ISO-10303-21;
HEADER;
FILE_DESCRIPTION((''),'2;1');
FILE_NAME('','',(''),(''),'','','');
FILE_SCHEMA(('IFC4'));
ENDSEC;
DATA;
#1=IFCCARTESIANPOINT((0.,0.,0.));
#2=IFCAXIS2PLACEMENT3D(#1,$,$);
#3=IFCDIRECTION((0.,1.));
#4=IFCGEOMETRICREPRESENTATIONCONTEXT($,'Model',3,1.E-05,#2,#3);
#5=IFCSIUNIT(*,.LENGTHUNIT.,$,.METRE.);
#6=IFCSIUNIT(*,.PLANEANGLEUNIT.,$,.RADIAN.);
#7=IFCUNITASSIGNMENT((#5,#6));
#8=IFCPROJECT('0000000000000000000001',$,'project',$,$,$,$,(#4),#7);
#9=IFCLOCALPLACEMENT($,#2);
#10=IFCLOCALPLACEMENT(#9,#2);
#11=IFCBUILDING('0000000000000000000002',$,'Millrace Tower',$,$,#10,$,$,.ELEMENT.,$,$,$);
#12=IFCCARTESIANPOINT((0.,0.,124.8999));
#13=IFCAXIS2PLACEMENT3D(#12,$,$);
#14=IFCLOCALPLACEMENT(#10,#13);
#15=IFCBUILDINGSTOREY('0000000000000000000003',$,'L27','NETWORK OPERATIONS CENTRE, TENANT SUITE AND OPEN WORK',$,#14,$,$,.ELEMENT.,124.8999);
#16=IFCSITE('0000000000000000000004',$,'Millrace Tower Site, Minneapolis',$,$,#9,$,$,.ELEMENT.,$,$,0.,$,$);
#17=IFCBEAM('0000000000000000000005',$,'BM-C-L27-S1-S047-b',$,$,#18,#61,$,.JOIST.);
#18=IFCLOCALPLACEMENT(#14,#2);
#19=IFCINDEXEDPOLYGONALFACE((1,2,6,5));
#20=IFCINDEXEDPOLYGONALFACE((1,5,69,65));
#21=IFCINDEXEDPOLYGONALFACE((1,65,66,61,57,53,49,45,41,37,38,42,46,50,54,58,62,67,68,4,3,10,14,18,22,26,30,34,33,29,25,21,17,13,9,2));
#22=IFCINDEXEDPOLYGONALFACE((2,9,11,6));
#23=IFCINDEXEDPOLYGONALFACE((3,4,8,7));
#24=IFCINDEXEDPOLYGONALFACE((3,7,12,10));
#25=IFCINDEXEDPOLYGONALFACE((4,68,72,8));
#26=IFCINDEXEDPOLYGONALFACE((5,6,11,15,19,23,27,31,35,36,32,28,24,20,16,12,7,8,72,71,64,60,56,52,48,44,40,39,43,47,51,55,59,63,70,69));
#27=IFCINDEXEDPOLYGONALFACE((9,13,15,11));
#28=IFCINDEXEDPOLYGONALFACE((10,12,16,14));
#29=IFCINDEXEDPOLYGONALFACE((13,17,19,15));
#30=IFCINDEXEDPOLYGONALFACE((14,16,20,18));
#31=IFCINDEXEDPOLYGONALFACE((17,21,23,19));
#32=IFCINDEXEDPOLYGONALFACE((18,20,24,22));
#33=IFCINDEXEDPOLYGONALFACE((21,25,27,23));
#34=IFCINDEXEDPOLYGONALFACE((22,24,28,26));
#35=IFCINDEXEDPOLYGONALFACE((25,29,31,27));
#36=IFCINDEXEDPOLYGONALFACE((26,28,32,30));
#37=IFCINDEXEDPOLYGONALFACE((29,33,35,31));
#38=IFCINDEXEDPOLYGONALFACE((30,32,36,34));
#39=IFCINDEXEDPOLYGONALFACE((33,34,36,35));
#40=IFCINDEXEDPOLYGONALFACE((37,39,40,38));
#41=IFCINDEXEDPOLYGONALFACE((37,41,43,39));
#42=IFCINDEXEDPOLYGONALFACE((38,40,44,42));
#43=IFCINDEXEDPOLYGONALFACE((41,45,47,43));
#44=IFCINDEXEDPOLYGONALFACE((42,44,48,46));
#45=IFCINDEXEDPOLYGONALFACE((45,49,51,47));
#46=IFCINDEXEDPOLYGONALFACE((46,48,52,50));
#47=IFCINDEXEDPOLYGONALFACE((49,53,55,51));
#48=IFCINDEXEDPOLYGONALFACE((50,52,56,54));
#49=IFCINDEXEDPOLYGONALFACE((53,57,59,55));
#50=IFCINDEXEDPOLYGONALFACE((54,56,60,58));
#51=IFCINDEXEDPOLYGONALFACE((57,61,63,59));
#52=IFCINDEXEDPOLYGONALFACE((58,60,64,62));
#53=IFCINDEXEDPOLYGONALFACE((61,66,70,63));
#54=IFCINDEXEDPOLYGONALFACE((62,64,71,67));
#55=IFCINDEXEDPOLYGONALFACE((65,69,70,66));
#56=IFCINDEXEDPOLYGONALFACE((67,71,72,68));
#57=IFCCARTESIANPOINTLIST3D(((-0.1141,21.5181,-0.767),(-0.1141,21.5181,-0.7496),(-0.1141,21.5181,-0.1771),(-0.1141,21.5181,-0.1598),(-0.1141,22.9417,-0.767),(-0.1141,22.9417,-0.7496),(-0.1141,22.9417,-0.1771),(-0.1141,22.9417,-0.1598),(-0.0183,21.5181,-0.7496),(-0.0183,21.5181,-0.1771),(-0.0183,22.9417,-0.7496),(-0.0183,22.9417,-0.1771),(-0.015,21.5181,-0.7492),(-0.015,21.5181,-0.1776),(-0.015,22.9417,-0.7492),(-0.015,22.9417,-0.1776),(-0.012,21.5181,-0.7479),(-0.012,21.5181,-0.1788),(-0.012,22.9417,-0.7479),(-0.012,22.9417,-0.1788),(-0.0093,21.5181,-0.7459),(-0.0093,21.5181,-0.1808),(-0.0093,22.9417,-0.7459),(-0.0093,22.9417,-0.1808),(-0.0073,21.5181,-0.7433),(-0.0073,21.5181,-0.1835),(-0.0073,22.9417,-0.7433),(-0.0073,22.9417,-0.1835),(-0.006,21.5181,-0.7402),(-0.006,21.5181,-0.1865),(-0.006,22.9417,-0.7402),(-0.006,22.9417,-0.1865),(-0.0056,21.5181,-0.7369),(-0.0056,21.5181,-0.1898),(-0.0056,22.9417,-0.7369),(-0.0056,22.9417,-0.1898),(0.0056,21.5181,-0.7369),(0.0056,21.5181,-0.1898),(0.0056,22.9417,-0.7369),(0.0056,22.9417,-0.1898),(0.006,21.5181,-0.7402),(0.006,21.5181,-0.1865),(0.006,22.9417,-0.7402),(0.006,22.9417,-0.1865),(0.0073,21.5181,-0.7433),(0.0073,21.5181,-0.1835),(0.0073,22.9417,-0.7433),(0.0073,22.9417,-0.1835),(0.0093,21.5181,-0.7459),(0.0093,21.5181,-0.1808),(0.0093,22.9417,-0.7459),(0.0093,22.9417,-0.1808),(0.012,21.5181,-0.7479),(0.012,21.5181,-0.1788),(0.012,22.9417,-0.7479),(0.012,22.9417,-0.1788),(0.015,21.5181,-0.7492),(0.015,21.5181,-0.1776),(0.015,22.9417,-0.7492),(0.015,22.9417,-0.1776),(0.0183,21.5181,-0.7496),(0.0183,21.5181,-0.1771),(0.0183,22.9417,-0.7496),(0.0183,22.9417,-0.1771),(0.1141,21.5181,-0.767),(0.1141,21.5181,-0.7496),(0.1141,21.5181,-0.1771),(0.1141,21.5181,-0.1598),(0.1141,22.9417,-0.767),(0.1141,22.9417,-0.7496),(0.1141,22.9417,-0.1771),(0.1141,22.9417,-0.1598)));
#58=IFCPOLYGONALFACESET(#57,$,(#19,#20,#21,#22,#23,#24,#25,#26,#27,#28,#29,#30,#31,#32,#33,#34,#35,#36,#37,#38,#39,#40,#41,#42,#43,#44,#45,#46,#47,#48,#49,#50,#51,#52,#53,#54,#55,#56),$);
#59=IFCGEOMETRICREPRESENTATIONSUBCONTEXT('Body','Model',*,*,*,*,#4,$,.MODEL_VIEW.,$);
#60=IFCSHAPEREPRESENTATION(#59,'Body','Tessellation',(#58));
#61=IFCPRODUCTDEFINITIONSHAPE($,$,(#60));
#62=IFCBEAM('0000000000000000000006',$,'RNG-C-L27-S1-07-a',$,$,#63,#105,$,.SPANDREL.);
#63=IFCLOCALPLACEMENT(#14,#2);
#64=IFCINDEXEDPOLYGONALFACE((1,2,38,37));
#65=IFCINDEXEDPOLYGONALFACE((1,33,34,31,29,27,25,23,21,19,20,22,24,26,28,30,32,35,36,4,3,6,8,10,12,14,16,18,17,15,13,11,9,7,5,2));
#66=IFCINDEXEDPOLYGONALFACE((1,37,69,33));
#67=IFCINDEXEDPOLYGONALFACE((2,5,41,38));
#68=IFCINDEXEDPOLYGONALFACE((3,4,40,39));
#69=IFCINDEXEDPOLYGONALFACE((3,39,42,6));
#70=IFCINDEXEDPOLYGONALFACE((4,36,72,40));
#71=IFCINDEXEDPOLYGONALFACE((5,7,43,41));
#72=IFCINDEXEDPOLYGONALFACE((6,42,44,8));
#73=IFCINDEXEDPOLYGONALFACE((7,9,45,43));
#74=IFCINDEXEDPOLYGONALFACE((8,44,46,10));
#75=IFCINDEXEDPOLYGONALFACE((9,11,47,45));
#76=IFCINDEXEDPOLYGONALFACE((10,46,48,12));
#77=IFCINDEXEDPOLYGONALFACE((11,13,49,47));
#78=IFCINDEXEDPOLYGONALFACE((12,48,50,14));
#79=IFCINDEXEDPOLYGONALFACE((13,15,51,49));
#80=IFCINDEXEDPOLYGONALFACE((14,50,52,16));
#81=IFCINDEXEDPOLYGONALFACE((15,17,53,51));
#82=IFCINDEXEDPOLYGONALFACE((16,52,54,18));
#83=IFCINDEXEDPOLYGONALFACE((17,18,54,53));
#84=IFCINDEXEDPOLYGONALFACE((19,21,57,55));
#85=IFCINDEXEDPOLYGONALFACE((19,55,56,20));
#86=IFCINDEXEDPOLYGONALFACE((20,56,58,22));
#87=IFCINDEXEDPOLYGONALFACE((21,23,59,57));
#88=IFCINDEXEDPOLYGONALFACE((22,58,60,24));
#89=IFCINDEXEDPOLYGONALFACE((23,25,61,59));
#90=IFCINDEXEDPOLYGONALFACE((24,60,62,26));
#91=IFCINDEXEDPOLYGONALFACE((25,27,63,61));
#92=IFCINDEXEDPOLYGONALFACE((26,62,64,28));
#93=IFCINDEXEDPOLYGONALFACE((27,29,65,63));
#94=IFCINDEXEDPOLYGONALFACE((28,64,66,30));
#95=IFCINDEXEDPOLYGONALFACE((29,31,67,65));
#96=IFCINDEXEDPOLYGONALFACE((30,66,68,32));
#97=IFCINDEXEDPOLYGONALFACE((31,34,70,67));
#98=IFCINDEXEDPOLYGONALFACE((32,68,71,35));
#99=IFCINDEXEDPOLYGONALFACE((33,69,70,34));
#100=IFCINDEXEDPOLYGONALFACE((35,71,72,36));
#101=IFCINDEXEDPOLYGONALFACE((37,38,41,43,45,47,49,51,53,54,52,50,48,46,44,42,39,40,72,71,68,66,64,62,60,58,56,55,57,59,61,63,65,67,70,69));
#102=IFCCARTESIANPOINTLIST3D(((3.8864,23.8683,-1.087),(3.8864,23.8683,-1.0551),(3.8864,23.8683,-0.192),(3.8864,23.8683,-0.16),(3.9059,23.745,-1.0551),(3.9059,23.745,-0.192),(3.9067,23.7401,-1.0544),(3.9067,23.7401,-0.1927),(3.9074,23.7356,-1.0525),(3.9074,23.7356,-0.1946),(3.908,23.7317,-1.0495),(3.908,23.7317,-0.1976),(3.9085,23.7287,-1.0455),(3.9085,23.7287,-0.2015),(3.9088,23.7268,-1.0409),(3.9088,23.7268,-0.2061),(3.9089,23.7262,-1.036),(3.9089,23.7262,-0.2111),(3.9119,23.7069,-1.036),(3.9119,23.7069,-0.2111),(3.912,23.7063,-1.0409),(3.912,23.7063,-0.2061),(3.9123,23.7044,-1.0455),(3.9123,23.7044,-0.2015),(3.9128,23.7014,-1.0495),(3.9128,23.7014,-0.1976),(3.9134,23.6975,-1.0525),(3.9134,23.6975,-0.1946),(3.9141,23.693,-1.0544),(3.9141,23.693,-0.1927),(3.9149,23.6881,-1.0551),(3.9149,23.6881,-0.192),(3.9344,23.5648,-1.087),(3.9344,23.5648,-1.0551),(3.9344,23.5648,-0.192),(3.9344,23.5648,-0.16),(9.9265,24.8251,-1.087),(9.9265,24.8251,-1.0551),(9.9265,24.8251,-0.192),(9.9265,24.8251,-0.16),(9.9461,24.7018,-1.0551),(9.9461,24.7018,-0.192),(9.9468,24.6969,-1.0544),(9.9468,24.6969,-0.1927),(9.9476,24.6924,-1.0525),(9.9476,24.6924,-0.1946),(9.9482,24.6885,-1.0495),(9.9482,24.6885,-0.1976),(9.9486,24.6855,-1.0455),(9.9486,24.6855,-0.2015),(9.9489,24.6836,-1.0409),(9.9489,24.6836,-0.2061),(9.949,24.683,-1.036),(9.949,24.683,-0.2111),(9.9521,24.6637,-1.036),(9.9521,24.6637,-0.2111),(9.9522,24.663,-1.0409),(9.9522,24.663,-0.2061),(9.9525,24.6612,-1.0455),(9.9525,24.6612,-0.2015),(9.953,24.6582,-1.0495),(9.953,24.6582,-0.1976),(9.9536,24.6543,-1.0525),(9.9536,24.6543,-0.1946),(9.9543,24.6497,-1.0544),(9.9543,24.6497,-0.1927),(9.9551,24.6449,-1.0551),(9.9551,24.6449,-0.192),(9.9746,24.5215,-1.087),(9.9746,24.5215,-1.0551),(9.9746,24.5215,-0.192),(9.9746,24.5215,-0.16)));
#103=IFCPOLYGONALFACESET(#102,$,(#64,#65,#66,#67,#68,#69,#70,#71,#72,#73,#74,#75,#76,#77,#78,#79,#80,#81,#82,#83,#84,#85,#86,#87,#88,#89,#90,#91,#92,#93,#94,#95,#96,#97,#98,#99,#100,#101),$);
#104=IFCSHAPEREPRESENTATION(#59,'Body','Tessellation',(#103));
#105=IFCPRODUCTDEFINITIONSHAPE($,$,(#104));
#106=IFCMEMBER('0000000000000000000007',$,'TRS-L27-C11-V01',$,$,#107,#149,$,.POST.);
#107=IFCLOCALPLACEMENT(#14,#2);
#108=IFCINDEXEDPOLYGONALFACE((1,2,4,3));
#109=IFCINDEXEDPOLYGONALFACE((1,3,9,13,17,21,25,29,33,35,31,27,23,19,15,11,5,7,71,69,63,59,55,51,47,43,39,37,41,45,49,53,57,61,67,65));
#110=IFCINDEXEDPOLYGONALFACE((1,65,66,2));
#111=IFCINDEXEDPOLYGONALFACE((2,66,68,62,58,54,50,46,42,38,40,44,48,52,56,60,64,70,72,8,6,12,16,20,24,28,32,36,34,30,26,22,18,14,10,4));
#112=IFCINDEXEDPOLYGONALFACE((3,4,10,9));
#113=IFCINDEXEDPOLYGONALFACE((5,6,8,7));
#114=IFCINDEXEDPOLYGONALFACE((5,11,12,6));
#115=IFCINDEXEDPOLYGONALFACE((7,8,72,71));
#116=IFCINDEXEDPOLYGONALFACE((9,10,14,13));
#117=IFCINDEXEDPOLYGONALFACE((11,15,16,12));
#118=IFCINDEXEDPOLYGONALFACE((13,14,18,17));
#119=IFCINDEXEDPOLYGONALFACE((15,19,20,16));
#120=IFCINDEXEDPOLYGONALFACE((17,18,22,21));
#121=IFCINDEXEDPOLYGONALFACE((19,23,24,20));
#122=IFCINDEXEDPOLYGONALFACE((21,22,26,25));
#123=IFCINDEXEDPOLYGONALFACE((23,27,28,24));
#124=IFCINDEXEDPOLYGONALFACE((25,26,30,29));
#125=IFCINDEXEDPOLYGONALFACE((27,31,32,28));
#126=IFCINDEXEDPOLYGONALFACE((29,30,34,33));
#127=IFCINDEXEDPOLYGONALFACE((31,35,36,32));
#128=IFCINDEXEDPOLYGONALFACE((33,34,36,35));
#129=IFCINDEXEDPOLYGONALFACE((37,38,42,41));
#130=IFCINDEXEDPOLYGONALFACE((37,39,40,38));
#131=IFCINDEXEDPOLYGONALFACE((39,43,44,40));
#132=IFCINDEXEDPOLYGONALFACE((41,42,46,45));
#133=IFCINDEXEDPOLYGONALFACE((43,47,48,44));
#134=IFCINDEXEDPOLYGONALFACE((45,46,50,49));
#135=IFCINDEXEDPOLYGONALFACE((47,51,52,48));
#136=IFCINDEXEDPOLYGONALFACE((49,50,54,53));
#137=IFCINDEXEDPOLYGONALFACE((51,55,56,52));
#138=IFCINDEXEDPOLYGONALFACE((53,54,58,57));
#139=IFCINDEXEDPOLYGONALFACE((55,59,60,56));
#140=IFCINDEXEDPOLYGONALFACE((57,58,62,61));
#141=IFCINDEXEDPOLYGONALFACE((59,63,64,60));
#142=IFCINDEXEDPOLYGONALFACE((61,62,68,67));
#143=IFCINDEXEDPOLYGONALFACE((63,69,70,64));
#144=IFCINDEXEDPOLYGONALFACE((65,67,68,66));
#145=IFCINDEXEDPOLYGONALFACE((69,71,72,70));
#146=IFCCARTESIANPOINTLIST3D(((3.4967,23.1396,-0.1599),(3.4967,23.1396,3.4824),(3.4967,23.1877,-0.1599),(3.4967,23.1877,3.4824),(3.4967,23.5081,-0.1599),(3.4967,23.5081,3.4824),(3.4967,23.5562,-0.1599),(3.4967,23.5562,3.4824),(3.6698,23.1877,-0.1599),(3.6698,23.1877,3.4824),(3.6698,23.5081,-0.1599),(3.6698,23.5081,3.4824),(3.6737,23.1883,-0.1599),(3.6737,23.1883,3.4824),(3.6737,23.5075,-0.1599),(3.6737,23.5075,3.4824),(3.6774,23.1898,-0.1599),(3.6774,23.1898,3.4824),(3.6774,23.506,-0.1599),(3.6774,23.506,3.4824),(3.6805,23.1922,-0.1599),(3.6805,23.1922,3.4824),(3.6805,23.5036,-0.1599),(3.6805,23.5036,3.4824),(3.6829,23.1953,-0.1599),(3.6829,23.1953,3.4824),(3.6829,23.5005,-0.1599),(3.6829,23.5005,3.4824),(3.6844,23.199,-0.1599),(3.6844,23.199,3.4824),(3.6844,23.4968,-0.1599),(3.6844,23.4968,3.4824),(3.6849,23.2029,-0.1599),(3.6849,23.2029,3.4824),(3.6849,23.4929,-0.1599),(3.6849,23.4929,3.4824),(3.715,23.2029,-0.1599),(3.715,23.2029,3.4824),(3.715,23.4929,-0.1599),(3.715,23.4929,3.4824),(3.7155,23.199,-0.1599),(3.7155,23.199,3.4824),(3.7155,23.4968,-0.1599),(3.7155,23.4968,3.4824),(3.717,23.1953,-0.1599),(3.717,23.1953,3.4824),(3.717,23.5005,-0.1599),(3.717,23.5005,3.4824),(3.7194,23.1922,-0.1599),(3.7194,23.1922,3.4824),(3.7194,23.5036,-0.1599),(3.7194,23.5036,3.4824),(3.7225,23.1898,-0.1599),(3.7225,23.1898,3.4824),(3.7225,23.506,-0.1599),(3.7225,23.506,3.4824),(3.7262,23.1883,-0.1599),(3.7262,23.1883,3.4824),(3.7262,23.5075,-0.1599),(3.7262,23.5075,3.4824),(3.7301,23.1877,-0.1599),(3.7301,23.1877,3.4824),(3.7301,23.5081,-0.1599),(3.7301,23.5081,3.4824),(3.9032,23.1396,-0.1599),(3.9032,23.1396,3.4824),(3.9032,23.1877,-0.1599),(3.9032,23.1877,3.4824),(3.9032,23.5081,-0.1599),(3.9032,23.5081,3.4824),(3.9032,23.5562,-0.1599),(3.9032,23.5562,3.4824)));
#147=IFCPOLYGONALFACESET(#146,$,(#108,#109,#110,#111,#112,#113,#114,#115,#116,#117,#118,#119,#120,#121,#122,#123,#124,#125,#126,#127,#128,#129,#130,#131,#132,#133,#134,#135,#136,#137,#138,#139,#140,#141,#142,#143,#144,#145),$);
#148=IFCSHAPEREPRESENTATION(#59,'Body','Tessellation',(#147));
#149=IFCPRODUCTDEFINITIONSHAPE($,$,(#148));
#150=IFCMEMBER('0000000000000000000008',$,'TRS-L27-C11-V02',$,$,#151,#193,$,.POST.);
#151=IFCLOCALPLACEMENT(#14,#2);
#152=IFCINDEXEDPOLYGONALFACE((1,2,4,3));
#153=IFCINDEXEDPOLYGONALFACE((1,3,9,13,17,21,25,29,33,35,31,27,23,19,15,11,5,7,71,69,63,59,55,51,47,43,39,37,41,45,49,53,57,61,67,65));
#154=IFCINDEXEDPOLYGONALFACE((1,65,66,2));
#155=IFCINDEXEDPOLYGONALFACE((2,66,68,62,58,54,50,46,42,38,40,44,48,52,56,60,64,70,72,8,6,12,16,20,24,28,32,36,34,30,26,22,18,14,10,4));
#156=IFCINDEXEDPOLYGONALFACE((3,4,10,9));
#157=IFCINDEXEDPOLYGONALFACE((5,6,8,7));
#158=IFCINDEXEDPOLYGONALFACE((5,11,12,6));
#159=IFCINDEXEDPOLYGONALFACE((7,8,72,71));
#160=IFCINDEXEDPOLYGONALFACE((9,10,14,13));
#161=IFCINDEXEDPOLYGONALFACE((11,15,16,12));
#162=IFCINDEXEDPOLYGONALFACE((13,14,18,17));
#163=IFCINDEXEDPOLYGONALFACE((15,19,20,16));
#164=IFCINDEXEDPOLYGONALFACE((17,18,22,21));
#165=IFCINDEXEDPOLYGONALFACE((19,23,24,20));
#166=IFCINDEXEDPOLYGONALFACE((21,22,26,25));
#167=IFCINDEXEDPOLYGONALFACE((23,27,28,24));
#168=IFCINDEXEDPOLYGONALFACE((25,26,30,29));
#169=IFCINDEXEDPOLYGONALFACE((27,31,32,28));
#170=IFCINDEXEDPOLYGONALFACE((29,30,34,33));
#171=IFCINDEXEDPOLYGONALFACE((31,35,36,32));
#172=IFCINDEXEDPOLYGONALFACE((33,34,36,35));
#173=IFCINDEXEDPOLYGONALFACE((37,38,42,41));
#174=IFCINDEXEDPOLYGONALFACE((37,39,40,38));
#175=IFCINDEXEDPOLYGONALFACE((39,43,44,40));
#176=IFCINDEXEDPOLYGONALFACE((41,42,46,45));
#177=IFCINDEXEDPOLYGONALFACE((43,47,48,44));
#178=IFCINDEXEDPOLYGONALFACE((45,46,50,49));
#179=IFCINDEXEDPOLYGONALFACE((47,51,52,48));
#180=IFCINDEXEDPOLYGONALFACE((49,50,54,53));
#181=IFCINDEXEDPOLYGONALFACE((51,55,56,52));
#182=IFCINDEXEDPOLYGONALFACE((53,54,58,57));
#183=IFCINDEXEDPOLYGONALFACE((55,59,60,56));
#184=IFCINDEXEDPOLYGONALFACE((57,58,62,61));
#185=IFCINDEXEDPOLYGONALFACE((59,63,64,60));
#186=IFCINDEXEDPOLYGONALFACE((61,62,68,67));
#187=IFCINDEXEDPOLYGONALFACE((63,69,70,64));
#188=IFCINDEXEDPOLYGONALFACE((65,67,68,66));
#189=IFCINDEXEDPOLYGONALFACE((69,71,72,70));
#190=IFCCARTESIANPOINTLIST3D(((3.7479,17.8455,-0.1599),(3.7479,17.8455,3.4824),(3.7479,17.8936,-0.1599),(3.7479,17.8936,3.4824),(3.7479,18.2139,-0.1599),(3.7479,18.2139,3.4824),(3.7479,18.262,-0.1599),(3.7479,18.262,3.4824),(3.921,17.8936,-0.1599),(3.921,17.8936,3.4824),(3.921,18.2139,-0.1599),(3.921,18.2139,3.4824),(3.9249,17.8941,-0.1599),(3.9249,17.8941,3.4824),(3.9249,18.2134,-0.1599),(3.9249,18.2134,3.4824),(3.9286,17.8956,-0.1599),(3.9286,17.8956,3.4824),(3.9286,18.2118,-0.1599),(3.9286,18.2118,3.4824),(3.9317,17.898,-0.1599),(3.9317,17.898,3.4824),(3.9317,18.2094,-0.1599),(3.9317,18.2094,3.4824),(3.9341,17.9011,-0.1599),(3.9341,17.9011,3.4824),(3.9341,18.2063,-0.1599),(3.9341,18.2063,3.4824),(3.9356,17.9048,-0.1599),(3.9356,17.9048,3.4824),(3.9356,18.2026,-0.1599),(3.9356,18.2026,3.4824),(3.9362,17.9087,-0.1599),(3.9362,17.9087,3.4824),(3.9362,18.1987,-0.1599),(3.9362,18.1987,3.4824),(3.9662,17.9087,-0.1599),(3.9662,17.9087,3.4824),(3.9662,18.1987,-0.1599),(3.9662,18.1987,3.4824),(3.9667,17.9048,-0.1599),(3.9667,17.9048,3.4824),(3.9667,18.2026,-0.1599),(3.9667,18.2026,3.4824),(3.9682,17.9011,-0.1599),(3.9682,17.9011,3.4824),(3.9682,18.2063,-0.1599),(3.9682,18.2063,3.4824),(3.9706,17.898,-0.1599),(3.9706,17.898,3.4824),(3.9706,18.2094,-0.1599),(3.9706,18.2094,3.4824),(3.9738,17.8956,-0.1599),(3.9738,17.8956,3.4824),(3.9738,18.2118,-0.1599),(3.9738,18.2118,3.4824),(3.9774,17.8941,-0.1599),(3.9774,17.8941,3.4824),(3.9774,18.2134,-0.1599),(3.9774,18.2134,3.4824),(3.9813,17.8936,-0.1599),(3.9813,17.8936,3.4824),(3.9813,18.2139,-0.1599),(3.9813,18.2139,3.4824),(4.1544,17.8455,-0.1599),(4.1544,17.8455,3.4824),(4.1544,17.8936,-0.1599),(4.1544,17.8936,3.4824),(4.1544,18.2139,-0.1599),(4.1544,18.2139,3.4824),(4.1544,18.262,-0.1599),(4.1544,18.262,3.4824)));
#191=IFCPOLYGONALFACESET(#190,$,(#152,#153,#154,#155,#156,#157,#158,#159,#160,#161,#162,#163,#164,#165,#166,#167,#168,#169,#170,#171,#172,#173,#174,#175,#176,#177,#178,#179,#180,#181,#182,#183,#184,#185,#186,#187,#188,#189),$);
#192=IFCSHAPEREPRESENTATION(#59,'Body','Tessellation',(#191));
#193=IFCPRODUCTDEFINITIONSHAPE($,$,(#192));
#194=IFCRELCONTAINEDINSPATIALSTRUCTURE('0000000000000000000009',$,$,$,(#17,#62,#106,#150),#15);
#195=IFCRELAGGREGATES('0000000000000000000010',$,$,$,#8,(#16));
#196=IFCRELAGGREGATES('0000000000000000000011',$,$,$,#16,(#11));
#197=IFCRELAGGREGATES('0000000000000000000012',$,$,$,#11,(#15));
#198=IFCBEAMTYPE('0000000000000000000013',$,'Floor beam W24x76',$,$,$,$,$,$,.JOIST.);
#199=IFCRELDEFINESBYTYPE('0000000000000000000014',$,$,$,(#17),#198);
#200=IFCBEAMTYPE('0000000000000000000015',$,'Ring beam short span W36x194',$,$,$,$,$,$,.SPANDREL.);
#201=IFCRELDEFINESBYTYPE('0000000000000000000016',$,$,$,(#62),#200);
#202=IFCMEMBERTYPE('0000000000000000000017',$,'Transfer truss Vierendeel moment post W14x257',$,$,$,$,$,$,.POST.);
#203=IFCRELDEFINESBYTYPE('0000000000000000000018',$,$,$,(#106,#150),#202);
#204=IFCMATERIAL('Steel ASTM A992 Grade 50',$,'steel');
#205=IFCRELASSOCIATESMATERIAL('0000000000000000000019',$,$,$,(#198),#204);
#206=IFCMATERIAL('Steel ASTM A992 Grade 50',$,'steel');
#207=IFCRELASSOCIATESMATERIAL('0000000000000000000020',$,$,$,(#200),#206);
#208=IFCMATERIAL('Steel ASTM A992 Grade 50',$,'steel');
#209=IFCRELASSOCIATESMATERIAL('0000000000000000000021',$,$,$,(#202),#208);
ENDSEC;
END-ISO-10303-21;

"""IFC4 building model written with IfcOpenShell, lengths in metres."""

from ifc_helpers import new_model, si_unit, direction, frame, origin, origin_2d, place, context, subcontext, project, spatial, i_section, extrude, material, material_profile, profile_set, type_object, element, save


model = new_model("IFC4")

# Units and contexts
model_context = context("Model", 3, precision=1e-05, world=origin(), true_north=direction((0.0, 1.0)))
body_context = subcontext(model_context, "Body", "Model", "MODEL_VIEW")
ifc_project = project(units=[si_unit("LENGTHUNIT", "METRE"), si_unit("PLANEANGLEUNIT", "RADIAN")], contexts=[model_context])

# Site, building, storey
site_placement = place(None, origin())
site = spatial("IfcSite", under=ifc_project, at=site_placement, Name="Millrace Tower Site, Minneapolis", CompositionType="ELEMENT", RefElevation=0.0)
building_placement = place(site_placement, origin())
building = spatial("IfcBuilding", under=site, at=building_placement, Name="Millrace Tower", CompositionType="ELEMENT")
storey_placement = place(building_placement, frame((0.0, 0.0, 124.8999)))
storey = spatial("IfcBuildingStorey", under=building, at=storey_placement, Name="L27", Description="NETWORK OPERATIONS CENTRE, TENANT SUITE AND OPEN WORK", CompositionType="ELEMENT", Elevation=124.8999)

# Beams
ifc_material_1 = material(Name="Steel ASTM A992 Grade 50", Category="steel")
ifc_material_profile_1 = material_profile(ifc_material_1, i_section(OverallWidth=0.2283, OverallDepth=0.6072, WebThickness=0.0112, FlangeThickness=0.0173, FilletRadius=0.0127, at=origin_2d()))
ifc_profile_set_1 = profile_set([ifc_material_profile_1], Name="Steel ASTM A992 Grade 50")
beam_type_1 = type_object("IfcBeamType", Name="Floor beam W24x76", PredefinedType="JOIST", material=ifc_profile_set_1)
beam_1_placement = place(storey_placement, frame((0.0, 21.5181, -0.4634), z_axis=(0.0, 1.0, 0.0), x_axis=(-1.0, 0.0, 0.0)))
element("IfcBeam", 1, at=beam_1_placement, inside=storey, type_object=beam_type_1, Name="BM-C-L27-S1-S047-b", PredefinedType="JOIST", context=body_context, shape_type="SweptSolid", body=[
    extrude(i_section(OverallWidth=0.2283, OverallDepth=0.6072, WebThickness=0.0112, FlangeThickness=0.0173, FilletRadius=0.0127, at=origin_2d()), origin(), (0.0, 0.0, 1.0), 1.4236),
])
ifc_material_2 = material(Name="Steel ASTM A992 Grade 50", Category="steel")
ifc_material_profile_2 = material_profile(ifc_material_2, i_section(OverallWidth=0.3074, OverallDepth=0.927, WebThickness=0.0195, FlangeThickness=0.032, FilletRadius=0.019, at=origin_2d()))
ifc_profile_set_2 = profile_set([ifc_material_profile_2], Name="Steel ASTM A992 Grade 50")
beam_type_2 = type_object("IfcBeamType", Name="Ring beam short span W36x194", PredefinedType="SPANDREL", material=ifc_profile_set_2)
beam_2_placement = place(storey_placement, frame((3.9104, 23.7166, -0.6235), z_axis=(0.987686, 0.15645, 0.0), x_axis=(-0.15645, 0.987686, 0.0)))
element("IfcBeam", 2, at=beam_2_placement, inside=storey, type_object=beam_type_2, Name="RNG-C-L27-S1-07-a", PredefinedType="SPANDREL", context=body_context, shape_type="SweptSolid", body=[
    extrude(i_section(OverallWidth=0.3074, OverallDepth=0.927, WebThickness=0.0195, FlangeThickness=0.032, FilletRadius=0.019, at=origin_2d()), origin(), (0.0, 0.0, 1.0), 6.1155),
])

# Members
ifc_material_3 = material(Name="Steel ASTM A992 Grade 50", Category="steel")
ifc_material_profile_3 = material_profile(ifc_material_3, i_section(OverallWidth=0.4065, OverallDepth=0.4165, WebThickness=0.03, FlangeThickness=0.0481, FilletRadius=0.0151, at=origin_2d()))
ifc_profile_set_3 = profile_set([ifc_material_profile_3], Name="Steel ASTM A992 Grade 50")
member_type_1 = type_object("IfcMemberType", Name="Transfer truss Vierendeel moment post W14x257", PredefinedType="POST", material=ifc_profile_set_3)
for number, where, z_axis, x_axis, name in (
    (3, (3.7, 23.3479, -0.1599), (0.0, 0.0, 1.0), (1.0, 0.0, 0.0), "TRS-L27-C11-V01"),
    (4, (3.9512, 18.0537, -0.1599), (0.0, 0.0, 1.0), (1.0, 0.0, 0.0), "TRS-L27-C11-V02"),
):
    element("IfcMember", number, at=place(storey_placement, frame(where, z_axis=z_axis, x_axis=x_axis)), inside=storey, type_object=member_type_1, Name=name, PredefinedType="POST", context=body_context, shape_type="SweptSolid", body=[
        extrude(i_section(OverallWidth=0.4065, OverallDepth=0.4165, WebThickness=0.03, FlangeThickness=0.0481, FilletRadius=0.0151, at=origin_2d()), origin(), (0.0, 0.0, 1.0), 3.6423),
    ])

save(model, "model.ifc")
